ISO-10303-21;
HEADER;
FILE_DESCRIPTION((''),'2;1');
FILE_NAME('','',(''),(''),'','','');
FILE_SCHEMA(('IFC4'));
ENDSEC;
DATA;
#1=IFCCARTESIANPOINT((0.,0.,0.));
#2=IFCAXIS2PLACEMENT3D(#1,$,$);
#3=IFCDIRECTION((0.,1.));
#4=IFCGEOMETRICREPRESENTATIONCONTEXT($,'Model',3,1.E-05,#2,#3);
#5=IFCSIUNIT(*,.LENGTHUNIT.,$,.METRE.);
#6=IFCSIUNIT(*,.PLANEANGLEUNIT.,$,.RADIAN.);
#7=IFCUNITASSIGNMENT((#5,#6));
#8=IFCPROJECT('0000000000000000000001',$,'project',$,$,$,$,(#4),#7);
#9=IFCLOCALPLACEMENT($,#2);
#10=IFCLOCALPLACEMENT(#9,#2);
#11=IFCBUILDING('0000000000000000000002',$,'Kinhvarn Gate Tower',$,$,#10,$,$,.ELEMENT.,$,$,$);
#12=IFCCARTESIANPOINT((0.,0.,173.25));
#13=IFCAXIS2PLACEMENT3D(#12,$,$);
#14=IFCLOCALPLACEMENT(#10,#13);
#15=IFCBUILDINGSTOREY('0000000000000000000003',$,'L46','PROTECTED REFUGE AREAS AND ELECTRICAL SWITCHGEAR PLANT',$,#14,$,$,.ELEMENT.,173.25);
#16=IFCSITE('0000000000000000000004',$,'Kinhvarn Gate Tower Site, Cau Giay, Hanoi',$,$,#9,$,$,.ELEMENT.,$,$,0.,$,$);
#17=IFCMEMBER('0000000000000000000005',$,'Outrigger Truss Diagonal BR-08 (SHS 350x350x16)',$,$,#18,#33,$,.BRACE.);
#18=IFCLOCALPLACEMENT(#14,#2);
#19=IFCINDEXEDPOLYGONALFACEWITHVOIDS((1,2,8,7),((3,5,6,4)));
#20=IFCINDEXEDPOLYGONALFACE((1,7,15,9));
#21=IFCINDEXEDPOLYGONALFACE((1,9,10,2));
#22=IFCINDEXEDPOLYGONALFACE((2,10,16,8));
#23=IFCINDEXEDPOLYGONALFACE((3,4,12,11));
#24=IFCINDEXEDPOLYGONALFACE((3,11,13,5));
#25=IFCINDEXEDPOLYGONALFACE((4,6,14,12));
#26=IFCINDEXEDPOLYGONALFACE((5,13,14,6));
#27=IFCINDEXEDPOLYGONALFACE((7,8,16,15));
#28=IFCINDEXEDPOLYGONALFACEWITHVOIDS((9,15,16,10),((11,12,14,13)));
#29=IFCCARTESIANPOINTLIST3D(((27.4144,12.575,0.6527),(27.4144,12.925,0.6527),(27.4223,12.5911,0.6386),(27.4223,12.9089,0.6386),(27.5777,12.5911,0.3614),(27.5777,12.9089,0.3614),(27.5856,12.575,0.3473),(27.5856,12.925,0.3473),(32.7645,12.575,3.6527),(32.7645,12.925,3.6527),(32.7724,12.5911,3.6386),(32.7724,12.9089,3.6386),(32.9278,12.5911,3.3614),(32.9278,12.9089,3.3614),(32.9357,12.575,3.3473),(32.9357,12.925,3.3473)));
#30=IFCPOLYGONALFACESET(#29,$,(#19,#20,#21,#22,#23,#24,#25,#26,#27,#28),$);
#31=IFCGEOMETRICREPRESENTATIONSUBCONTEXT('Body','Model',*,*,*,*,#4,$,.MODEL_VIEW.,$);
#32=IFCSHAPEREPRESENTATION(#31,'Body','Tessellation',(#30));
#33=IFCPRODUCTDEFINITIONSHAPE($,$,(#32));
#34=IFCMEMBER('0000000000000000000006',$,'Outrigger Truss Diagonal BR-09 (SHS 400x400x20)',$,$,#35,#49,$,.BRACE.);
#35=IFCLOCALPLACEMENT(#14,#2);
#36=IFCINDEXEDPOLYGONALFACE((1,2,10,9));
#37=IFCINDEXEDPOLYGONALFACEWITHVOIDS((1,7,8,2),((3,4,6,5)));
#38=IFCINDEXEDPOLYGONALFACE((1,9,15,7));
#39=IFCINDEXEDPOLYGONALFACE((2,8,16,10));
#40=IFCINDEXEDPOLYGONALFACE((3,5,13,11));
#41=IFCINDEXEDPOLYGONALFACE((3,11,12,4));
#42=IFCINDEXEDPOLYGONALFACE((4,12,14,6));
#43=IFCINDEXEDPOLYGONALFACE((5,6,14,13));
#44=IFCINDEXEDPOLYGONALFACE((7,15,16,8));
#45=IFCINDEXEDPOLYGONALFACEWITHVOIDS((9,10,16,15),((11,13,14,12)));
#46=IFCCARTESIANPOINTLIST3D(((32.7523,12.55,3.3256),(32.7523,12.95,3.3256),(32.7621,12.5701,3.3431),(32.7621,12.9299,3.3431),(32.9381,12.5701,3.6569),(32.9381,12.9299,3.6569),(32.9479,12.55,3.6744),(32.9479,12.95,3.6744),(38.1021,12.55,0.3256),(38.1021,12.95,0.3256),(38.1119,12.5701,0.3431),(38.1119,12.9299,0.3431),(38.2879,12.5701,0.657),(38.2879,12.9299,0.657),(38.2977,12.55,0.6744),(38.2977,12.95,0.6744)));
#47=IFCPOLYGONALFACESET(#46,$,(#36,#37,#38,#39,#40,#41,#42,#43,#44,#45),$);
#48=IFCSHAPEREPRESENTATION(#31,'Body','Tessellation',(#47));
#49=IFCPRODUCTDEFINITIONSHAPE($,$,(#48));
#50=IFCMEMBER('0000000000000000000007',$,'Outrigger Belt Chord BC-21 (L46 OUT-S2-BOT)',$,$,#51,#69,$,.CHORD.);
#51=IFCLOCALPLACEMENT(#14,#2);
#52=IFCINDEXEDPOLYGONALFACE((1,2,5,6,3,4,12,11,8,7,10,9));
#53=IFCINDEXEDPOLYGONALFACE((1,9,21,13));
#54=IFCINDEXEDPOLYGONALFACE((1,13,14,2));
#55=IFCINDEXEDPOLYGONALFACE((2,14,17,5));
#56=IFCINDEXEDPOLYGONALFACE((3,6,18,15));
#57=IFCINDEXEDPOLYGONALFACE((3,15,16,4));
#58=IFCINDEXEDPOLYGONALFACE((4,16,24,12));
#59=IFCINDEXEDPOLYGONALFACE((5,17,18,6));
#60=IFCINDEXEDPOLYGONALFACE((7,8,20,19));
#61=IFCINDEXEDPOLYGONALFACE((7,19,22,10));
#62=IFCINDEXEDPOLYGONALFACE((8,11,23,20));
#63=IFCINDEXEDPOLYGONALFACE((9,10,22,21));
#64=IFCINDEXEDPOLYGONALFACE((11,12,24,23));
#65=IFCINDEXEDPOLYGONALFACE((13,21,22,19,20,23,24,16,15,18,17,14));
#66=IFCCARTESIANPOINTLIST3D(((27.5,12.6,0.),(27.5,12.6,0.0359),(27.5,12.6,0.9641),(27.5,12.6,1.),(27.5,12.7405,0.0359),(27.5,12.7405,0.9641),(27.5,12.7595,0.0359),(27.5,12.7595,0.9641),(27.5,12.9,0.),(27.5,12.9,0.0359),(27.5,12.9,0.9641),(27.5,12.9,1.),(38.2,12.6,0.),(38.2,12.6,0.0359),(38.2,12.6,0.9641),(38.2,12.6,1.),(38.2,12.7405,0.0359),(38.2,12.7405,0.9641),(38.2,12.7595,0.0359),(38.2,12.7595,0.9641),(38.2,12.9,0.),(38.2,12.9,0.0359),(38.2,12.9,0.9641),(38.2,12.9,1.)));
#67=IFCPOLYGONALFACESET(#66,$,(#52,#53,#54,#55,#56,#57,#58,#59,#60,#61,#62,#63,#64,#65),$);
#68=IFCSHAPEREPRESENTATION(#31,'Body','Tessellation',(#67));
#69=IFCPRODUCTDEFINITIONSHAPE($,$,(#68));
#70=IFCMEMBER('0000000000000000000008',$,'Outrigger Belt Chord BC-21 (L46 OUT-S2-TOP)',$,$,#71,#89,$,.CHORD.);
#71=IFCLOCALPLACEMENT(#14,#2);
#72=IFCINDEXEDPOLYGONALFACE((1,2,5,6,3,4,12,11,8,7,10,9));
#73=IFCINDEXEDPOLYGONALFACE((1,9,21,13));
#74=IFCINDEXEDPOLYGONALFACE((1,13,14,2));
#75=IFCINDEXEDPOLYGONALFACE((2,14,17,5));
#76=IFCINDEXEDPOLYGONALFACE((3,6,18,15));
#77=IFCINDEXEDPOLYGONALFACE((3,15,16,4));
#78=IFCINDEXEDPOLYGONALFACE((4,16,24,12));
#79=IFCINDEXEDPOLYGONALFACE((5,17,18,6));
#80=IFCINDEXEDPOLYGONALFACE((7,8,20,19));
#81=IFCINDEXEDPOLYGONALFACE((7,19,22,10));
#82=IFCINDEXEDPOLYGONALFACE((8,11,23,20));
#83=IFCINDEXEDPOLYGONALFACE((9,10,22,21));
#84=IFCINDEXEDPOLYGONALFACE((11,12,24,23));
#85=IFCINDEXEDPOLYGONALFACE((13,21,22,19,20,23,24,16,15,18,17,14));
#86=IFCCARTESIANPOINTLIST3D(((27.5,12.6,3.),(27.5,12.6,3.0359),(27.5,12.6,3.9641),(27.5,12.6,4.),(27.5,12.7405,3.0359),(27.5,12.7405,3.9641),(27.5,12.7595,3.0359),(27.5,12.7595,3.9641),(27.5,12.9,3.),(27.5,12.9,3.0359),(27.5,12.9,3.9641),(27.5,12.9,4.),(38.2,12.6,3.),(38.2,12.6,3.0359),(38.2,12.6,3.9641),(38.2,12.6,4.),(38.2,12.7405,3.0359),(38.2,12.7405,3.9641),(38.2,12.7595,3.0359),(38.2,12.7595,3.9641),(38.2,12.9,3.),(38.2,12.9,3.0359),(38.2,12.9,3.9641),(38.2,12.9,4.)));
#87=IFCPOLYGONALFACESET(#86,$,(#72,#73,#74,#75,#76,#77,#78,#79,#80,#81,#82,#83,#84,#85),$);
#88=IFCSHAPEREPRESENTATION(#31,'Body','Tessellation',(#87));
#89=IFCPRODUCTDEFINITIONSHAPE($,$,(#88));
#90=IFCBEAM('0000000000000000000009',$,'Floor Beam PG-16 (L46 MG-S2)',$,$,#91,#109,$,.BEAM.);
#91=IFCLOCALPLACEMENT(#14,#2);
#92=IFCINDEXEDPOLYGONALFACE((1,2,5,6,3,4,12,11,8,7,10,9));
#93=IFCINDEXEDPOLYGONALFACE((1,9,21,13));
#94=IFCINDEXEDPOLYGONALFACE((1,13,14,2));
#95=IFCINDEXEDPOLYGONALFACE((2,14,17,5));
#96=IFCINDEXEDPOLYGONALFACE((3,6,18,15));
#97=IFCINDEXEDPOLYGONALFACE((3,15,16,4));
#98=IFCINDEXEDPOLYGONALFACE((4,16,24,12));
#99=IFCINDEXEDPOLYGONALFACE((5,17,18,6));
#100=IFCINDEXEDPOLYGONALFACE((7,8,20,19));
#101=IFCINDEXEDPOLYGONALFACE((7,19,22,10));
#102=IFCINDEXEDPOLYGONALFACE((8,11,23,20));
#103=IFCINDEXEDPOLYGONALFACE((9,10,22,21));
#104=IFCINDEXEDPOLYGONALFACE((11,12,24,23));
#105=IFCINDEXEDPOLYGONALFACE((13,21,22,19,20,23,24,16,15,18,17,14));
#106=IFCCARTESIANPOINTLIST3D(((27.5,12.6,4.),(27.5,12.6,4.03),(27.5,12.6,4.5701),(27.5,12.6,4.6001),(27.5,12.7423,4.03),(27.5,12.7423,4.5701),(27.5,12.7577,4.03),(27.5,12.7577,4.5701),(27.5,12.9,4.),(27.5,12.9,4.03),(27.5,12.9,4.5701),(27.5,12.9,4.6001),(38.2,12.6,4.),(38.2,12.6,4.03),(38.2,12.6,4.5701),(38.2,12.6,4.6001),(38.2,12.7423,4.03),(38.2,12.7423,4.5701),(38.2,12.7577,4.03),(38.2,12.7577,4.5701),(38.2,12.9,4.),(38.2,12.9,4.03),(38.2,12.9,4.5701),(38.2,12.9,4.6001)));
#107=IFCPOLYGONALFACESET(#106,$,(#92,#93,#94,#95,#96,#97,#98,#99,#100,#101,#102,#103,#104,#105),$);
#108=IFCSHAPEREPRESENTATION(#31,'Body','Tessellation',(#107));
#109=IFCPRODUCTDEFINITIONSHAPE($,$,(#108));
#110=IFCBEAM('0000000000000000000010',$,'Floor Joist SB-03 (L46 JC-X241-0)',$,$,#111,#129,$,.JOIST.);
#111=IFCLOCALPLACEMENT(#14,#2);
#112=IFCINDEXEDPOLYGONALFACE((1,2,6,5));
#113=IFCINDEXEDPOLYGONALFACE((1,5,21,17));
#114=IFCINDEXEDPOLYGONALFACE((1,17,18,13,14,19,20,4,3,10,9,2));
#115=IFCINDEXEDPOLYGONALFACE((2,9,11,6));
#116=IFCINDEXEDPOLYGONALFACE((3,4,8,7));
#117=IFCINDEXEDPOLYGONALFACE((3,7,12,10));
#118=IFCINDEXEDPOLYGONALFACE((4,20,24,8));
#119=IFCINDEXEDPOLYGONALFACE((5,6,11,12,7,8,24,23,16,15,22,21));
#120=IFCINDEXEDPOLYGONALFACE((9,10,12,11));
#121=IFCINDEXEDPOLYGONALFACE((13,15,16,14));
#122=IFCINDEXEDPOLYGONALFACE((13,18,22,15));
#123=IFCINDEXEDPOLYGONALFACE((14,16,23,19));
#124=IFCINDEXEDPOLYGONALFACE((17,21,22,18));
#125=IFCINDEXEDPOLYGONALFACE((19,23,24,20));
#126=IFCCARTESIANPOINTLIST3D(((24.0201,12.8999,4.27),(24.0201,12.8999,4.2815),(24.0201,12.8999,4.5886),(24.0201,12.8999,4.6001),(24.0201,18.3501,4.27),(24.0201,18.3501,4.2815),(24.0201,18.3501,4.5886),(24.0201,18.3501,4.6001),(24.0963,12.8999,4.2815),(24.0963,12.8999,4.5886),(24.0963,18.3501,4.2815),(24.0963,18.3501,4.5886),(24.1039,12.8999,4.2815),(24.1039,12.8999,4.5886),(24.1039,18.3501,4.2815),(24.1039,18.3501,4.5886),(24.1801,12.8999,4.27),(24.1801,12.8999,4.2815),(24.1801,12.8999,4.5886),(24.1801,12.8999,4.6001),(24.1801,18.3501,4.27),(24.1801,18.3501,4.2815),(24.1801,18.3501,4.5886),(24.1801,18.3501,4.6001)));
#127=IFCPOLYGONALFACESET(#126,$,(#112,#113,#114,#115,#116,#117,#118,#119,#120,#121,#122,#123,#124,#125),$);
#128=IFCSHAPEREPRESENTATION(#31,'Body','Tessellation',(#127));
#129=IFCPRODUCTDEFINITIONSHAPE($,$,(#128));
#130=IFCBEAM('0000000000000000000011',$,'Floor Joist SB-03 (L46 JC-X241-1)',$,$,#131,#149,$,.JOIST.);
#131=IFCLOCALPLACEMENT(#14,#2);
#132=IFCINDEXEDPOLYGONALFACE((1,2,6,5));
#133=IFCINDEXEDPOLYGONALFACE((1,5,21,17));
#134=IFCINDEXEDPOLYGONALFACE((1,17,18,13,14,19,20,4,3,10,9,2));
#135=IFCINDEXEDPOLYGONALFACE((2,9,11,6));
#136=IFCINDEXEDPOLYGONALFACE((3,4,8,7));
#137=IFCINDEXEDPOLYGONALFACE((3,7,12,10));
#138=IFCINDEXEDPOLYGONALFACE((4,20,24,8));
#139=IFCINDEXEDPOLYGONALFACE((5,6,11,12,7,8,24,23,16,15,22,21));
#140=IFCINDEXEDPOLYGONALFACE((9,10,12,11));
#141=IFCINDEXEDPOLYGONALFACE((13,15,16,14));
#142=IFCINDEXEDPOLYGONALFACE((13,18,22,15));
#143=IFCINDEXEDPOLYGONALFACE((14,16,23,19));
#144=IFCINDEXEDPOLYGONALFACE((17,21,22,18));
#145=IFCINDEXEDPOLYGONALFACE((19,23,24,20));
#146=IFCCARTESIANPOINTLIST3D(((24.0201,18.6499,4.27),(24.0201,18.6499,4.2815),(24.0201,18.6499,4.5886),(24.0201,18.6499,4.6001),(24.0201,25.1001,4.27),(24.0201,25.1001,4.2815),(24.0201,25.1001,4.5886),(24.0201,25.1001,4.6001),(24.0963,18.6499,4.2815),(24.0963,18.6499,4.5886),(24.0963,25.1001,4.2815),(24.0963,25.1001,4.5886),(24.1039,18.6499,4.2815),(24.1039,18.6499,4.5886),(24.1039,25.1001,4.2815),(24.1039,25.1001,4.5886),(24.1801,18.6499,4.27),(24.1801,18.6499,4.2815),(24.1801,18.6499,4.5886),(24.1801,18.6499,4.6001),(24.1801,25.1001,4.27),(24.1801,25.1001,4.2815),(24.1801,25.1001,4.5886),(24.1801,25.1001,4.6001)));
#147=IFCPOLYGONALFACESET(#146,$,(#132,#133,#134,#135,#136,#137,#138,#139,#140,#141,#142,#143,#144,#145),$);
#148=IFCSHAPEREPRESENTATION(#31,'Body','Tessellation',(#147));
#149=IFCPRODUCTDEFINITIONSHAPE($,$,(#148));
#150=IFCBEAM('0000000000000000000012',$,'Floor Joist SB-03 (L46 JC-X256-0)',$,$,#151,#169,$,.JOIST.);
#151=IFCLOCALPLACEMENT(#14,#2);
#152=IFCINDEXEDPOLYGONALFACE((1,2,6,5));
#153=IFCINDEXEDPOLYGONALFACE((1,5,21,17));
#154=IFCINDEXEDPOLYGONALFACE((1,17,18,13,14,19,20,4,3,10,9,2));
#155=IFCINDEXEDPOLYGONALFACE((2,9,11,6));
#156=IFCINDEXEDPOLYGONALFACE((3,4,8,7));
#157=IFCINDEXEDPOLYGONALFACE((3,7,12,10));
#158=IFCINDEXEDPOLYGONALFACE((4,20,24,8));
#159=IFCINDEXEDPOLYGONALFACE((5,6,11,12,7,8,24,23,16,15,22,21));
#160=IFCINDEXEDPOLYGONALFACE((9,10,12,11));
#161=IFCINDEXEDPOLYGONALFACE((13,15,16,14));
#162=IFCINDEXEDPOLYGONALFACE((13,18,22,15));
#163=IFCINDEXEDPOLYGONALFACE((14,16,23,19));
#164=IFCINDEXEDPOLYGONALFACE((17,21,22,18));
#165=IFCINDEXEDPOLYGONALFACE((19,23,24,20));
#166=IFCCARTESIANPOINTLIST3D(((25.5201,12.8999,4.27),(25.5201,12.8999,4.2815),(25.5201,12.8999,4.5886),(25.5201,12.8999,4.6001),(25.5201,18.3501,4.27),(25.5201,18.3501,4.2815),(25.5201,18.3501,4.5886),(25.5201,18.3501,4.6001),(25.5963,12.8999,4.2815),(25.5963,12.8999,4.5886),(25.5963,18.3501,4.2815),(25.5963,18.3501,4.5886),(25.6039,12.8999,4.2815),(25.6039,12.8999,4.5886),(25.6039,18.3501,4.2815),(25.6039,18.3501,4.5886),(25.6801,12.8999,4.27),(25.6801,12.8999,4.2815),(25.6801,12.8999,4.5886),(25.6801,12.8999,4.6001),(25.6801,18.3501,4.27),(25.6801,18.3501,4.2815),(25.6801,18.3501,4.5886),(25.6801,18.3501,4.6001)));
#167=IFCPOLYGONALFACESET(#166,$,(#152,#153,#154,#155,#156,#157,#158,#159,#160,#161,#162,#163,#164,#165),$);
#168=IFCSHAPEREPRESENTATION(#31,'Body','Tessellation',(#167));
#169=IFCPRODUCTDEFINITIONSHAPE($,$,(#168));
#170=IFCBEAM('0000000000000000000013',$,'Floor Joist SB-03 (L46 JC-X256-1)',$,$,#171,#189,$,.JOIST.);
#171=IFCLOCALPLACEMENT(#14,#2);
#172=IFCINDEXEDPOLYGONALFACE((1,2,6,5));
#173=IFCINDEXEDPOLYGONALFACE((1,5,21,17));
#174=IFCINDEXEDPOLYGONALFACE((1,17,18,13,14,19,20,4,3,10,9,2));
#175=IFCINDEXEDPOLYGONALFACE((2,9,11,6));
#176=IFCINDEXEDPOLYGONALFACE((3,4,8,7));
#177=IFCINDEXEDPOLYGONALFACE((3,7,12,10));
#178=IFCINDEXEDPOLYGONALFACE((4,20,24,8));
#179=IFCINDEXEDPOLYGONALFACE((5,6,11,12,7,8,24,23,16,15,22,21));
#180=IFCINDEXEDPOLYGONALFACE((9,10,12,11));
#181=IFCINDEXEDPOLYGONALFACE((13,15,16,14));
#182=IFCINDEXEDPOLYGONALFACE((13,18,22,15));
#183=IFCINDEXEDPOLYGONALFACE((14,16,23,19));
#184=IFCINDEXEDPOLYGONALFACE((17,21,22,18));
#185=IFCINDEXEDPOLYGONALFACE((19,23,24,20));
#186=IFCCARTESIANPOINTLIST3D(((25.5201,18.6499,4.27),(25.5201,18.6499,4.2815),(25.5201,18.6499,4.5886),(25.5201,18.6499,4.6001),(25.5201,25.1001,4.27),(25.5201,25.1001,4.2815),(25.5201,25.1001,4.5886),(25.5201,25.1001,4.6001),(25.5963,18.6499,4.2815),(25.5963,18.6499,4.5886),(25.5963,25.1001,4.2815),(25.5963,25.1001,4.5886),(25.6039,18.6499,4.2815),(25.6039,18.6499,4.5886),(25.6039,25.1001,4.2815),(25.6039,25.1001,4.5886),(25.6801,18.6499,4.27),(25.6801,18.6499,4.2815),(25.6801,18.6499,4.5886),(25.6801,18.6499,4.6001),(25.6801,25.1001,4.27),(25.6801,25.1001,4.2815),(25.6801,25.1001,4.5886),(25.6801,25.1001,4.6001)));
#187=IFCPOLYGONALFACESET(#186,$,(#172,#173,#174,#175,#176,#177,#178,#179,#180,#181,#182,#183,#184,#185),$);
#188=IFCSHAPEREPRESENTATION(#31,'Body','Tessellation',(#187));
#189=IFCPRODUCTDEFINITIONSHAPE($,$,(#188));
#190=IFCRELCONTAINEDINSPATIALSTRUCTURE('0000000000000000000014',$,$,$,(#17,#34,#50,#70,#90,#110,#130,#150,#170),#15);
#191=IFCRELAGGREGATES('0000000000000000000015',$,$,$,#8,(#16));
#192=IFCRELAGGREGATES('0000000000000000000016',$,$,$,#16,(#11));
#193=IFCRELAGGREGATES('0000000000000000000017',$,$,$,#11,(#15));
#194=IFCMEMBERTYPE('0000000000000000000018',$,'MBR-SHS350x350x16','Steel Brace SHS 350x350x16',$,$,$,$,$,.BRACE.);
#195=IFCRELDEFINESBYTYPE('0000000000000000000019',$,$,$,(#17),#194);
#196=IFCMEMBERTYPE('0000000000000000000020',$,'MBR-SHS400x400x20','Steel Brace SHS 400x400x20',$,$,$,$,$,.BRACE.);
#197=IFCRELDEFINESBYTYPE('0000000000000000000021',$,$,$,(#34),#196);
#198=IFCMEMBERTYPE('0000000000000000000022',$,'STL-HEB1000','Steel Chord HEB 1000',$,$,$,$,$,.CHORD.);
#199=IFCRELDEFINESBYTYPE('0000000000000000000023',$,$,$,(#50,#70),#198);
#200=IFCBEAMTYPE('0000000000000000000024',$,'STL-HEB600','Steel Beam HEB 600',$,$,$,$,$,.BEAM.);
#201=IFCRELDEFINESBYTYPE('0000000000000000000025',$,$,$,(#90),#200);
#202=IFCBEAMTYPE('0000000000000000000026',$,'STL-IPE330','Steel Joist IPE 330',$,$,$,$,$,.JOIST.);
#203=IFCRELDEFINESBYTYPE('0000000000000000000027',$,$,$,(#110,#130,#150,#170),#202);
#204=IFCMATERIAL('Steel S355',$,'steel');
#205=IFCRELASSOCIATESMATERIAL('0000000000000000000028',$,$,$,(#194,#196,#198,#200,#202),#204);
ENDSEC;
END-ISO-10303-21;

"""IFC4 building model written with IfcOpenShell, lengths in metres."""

from ifc_helpers import new_model, si_unit, direction, frame, origin, origin_2d, place, context, subcontext, project, spatial, hollow_rectangle, i_section, extrude, material, material_profile, profile_set, type_object, element, save


model = new_model("IFC4")

# Units and contexts
model_context = context("Model", 3, precision=1e-05, world=origin(), true_north=direction((0.0, 1.0)))
body_context = subcontext(model_context, "Body", "Model", "MODEL_VIEW")
ifc_project = project(units=[si_unit("LENGTHUNIT", "METRE"), si_unit("PLANEANGLEUNIT", "RADIAN")], contexts=[model_context])

# Site, building, storey
site_placement = place(None, origin())
site = spatial("IfcSite", under=ifc_project, at=site_placement, Name="Kinhvarn Gate Tower Site, Cau Giay, Hanoi", CompositionType="ELEMENT", RefElevation=0.0)
building_placement = place(site_placement, origin())
building = spatial("IfcBuilding", under=site, at=building_placement, Name="Kinhvarn Gate Tower", CompositionType="ELEMENT")
storey_placement = place(building_placement, frame((0.0, 0.0, 173.25)))
storey = spatial("IfcBuildingStorey", under=building, at=storey_placement, Name="L46", Description="PROTECTED REFUGE AREAS AND ELECTRICAL SWITCHGEAR PLANT", CompositionType="ELEMENT", Elevation=173.25)

# Members
ifc_material_1 = material(Name="Steel S355", Category="steel")
ifc_material_profile_1 = material_profile(ifc_material_1, hollow_rectangle(XDim=0.3501, YDim=0.3501, WallThickness=0.0161, at=origin_2d()), Name="SHS 350x350x16")
ifc_profile_set_1 = profile_set([ifc_material_profile_1], Name="Steel S355")
member_type_1 = type_object("IfcMemberType", Name="MBR-SHS350x350x16", Description="Steel Brace SHS 350x350x16", PredefinedType="BRACE", material=ifc_profile_set_1)
member_1_placement = place(storey_placement, frame((27.5, 12.75, 0.5), z_axis=(0.872232, 0.0, 0.489093), x_axis=(0.0, 1.0, 0.0)))
element("IfcMember", 1, at=member_1_placement, inside=storey, type_object=member_type_1, Name="Outrigger Truss Diagonal BR-08 (SHS 350x350x16)", PredefinedType="BRACE", context=body_context, shape_type="SweptSolid", body=[
    extrude(hollow_rectangle(XDim=0.3501, YDim=0.3501, WallThickness=0.0161, at=origin_2d()), origin(), (0.0, 0.0, 1.0), 6.1338),
])
ifc_material_profile_2 = material_profile(ifc_material_1, hollow_rectangle(XDim=0.3999, YDim=0.3999, WallThickness=0.02, at=origin_2d()), Name="SHS 400x400x20")
ifc_profile_set_2 = profile_set([ifc_material_profile_2], Name="Steel S355")
member_type_2 = type_object("IfcMemberType", Name="MBR-SHS400x400x20", Description="Steel Brace SHS 400x400x20", PredefinedType="BRACE", material=ifc_profile_set_2)
member_2_placement = place(storey_placement, frame((32.8501, 12.75, 3.5), z_axis=(0.872222, 0.0, -0.48911), x_axis=(0.0, 1.0, 0.0)))
element("IfcMember", 2, at=member_2_placement, inside=storey, type_object=member_type_2, Name="Outrigger Truss Diagonal BR-09 (SHS 400x400x20)", PredefinedType="BRACE", context=body_context, shape_type="SweptSolid", body=[
    extrude(hollow_rectangle(XDim=0.3999, YDim=0.3999, WallThickness=0.02, at=origin_2d()), origin(), (0.0, 0.0, 1.0), 6.1335),
])
ifc_material_profile_3 = material_profile(ifc_material_1, i_section(OverallWidth=0.3, OverallDepth=1.0, WebThickness=0.019, FlangeThickness=0.0359, at=origin_2d()), Name="HEB 1000")
ifc_profile_set_3 = profile_set([ifc_material_profile_3], Name="Steel S355")
member_type_3 = type_object("IfcMemberType", Name="STL-HEB1000", Description="Steel Chord HEB 1000", PredefinedType="CHORD", material=ifc_profile_set_3)
for number, where, z_axis, x_axis, name in (
    (3, (27.5, 12.75, 0.5), (1.0, 0.0, 0.0), (0.0, 1.0, 0.0), "Outrigger Belt Chord BC-21 (L46 OUT-S2-BOT)"),
    (4, (27.5, 12.75, 3.5), (1.0, 0.0, 0.0), (0.0, 1.0, 0.0), "Outrigger Belt Chord BC-21 (L46 OUT-S2-TOP)"),
):
    element("IfcMember", number, at=place(storey_placement, frame(where, z_axis=z_axis, x_axis=x_axis)), inside=storey, type_object=member_type_3, Name=name, PredefinedType="CHORD", context=body_context, shape_type="SweptSolid", body=[
        extrude(i_section(OverallWidth=0.3, OverallDepth=1.0, WebThickness=0.019, FlangeThickness=0.0359, at=origin_2d()), origin(), (0.0, 0.0, 1.0), 10.7),
    ])

# Beams
ifc_material_profile_4 = material_profile(ifc_material_1, i_section(OverallWidth=0.3, OverallDepth=0.6001, WebThickness=0.0154, FlangeThickness=0.03, at=origin_2d()), Name="HEB 600")
ifc_profile_set_4 = profile_set([ifc_material_profile_4], Name="Steel S355")
beam_type_1 = type_object("IfcBeamType", Name="STL-HEB600", Description="Steel Beam HEB 600", PredefinedType="BEAM", material=ifc_profile_set_4)
beam_1_placement = place(storey_placement, frame((27.5, 12.75, 4.3), z_axis=(1.0, 0.0, 0.0), x_axis=(0.0, 1.0, 0.0)))
element("IfcBeam", 5, at=beam_1_placement, inside=storey, type_object=beam_type_1, Name="Floor Beam PG-16 (L46 MG-S2)", PredefinedType="BEAM", context=body_context, shape_type="SweptSolid", body=[
    extrude(i_section(OverallWidth=0.3, OverallDepth=0.6001, WebThickness=0.0154, FlangeThickness=0.03, at=origin_2d()), origin(), (0.0, 0.0, 1.0), 10.7),
])
ifc_material_profile_5 = material_profile(ifc_material_1, i_section(OverallWidth=0.1599, OverallDepth=0.3301, WebThickness=0.0076, FlangeThickness=0.0115, at=origin_2d()), Name="IPE 330")
ifc_profile_set_5 = profile_set([ifc_material_profile_5], Name="Steel S355")
beam_type_2 = type_object("IfcBeamType", Name="STL-IPE330", Description="Steel Joist IPE 330", PredefinedType="JOIST", material=ifc_profile_set_5)
beam_2_placement = place(storey_placement, frame((24.1001, 12.8999, 4.4351), z_axis=(0.0, 1.0, 0.0), x_axis=(-1.0, 0.0, 0.0)))
element("IfcBeam", 6, at=beam_2_placement, inside=storey, type_object=beam_type_2, Name="Floor Joist SB-03 (L46 JC-X241-0)", PredefinedType="JOIST", context=body_context, shape_type="SweptSolid", body=[
    extrude(i_section(OverallWidth=0.1599, OverallDepth=0.3301, WebThickness=0.0076, FlangeThickness=0.0115, at=origin_2d()), origin(), (0.0, 0.0, 1.0), 5.4502),
])
beam_3_placement = place(storey_placement, frame((24.1001, 18.6499, 4.4351), z_axis=(0.0, 1.0, 0.0), x_axis=(-1.0, 0.0, 0.0)))
element("IfcBeam", 7, at=beam_3_placement, inside=storey, type_object=beam_type_2, Name="Floor Joist SB-03 (L46 JC-X241-1)", PredefinedType="JOIST", context=body_context, shape_type="SweptSolid", body=[
    extrude(i_section(OverallWidth=0.1599, OverallDepth=0.3301, WebThickness=0.0076, FlangeThickness=0.0115, at=origin_2d()), origin(), (0.0, 0.0, 1.0), 6.4502),
])
beam_4_placement = place(storey_placement, frame((25.6001, 12.8999, 4.4351), z_axis=(0.0, 1.0, 0.0), x_axis=(-1.0, 0.0, 0.0)))
element("IfcBeam", 8, at=beam_4_placement, inside=storey, type_object=beam_type_2, Name="Floor Joist SB-03 (L46 JC-X256-0)", PredefinedType="JOIST", context=body_context, shape_type="SweptSolid", body=[
    extrude(i_section(OverallWidth=0.1599, OverallDepth=0.3301, WebThickness=0.0076, FlangeThickness=0.0115, at=origin_2d()), origin(), (0.0, 0.0, 1.0), 5.4502),
])
beam_5_placement = place(storey_placement, frame((25.6001, 18.6499, 4.4351), z_axis=(0.0, 1.0, 0.0), x_axis=(-1.0, 0.0, 0.0)))
element("IfcBeam", 9, at=beam_5_placement, inside=storey, type_object=beam_type_2, Name="Floor Joist SB-03 (L46 JC-X256-1)", PredefinedType="JOIST", context=body_context, shape_type="SweptSolid", body=[
    extrude(i_section(OverallWidth=0.1599, OverallDepth=0.3301, WebThickness=0.0076, FlangeThickness=0.0115, at=origin_2d()), origin(), (0.0, 0.0, 1.0), 6.4502),
])

save(model, "model.ifc")
